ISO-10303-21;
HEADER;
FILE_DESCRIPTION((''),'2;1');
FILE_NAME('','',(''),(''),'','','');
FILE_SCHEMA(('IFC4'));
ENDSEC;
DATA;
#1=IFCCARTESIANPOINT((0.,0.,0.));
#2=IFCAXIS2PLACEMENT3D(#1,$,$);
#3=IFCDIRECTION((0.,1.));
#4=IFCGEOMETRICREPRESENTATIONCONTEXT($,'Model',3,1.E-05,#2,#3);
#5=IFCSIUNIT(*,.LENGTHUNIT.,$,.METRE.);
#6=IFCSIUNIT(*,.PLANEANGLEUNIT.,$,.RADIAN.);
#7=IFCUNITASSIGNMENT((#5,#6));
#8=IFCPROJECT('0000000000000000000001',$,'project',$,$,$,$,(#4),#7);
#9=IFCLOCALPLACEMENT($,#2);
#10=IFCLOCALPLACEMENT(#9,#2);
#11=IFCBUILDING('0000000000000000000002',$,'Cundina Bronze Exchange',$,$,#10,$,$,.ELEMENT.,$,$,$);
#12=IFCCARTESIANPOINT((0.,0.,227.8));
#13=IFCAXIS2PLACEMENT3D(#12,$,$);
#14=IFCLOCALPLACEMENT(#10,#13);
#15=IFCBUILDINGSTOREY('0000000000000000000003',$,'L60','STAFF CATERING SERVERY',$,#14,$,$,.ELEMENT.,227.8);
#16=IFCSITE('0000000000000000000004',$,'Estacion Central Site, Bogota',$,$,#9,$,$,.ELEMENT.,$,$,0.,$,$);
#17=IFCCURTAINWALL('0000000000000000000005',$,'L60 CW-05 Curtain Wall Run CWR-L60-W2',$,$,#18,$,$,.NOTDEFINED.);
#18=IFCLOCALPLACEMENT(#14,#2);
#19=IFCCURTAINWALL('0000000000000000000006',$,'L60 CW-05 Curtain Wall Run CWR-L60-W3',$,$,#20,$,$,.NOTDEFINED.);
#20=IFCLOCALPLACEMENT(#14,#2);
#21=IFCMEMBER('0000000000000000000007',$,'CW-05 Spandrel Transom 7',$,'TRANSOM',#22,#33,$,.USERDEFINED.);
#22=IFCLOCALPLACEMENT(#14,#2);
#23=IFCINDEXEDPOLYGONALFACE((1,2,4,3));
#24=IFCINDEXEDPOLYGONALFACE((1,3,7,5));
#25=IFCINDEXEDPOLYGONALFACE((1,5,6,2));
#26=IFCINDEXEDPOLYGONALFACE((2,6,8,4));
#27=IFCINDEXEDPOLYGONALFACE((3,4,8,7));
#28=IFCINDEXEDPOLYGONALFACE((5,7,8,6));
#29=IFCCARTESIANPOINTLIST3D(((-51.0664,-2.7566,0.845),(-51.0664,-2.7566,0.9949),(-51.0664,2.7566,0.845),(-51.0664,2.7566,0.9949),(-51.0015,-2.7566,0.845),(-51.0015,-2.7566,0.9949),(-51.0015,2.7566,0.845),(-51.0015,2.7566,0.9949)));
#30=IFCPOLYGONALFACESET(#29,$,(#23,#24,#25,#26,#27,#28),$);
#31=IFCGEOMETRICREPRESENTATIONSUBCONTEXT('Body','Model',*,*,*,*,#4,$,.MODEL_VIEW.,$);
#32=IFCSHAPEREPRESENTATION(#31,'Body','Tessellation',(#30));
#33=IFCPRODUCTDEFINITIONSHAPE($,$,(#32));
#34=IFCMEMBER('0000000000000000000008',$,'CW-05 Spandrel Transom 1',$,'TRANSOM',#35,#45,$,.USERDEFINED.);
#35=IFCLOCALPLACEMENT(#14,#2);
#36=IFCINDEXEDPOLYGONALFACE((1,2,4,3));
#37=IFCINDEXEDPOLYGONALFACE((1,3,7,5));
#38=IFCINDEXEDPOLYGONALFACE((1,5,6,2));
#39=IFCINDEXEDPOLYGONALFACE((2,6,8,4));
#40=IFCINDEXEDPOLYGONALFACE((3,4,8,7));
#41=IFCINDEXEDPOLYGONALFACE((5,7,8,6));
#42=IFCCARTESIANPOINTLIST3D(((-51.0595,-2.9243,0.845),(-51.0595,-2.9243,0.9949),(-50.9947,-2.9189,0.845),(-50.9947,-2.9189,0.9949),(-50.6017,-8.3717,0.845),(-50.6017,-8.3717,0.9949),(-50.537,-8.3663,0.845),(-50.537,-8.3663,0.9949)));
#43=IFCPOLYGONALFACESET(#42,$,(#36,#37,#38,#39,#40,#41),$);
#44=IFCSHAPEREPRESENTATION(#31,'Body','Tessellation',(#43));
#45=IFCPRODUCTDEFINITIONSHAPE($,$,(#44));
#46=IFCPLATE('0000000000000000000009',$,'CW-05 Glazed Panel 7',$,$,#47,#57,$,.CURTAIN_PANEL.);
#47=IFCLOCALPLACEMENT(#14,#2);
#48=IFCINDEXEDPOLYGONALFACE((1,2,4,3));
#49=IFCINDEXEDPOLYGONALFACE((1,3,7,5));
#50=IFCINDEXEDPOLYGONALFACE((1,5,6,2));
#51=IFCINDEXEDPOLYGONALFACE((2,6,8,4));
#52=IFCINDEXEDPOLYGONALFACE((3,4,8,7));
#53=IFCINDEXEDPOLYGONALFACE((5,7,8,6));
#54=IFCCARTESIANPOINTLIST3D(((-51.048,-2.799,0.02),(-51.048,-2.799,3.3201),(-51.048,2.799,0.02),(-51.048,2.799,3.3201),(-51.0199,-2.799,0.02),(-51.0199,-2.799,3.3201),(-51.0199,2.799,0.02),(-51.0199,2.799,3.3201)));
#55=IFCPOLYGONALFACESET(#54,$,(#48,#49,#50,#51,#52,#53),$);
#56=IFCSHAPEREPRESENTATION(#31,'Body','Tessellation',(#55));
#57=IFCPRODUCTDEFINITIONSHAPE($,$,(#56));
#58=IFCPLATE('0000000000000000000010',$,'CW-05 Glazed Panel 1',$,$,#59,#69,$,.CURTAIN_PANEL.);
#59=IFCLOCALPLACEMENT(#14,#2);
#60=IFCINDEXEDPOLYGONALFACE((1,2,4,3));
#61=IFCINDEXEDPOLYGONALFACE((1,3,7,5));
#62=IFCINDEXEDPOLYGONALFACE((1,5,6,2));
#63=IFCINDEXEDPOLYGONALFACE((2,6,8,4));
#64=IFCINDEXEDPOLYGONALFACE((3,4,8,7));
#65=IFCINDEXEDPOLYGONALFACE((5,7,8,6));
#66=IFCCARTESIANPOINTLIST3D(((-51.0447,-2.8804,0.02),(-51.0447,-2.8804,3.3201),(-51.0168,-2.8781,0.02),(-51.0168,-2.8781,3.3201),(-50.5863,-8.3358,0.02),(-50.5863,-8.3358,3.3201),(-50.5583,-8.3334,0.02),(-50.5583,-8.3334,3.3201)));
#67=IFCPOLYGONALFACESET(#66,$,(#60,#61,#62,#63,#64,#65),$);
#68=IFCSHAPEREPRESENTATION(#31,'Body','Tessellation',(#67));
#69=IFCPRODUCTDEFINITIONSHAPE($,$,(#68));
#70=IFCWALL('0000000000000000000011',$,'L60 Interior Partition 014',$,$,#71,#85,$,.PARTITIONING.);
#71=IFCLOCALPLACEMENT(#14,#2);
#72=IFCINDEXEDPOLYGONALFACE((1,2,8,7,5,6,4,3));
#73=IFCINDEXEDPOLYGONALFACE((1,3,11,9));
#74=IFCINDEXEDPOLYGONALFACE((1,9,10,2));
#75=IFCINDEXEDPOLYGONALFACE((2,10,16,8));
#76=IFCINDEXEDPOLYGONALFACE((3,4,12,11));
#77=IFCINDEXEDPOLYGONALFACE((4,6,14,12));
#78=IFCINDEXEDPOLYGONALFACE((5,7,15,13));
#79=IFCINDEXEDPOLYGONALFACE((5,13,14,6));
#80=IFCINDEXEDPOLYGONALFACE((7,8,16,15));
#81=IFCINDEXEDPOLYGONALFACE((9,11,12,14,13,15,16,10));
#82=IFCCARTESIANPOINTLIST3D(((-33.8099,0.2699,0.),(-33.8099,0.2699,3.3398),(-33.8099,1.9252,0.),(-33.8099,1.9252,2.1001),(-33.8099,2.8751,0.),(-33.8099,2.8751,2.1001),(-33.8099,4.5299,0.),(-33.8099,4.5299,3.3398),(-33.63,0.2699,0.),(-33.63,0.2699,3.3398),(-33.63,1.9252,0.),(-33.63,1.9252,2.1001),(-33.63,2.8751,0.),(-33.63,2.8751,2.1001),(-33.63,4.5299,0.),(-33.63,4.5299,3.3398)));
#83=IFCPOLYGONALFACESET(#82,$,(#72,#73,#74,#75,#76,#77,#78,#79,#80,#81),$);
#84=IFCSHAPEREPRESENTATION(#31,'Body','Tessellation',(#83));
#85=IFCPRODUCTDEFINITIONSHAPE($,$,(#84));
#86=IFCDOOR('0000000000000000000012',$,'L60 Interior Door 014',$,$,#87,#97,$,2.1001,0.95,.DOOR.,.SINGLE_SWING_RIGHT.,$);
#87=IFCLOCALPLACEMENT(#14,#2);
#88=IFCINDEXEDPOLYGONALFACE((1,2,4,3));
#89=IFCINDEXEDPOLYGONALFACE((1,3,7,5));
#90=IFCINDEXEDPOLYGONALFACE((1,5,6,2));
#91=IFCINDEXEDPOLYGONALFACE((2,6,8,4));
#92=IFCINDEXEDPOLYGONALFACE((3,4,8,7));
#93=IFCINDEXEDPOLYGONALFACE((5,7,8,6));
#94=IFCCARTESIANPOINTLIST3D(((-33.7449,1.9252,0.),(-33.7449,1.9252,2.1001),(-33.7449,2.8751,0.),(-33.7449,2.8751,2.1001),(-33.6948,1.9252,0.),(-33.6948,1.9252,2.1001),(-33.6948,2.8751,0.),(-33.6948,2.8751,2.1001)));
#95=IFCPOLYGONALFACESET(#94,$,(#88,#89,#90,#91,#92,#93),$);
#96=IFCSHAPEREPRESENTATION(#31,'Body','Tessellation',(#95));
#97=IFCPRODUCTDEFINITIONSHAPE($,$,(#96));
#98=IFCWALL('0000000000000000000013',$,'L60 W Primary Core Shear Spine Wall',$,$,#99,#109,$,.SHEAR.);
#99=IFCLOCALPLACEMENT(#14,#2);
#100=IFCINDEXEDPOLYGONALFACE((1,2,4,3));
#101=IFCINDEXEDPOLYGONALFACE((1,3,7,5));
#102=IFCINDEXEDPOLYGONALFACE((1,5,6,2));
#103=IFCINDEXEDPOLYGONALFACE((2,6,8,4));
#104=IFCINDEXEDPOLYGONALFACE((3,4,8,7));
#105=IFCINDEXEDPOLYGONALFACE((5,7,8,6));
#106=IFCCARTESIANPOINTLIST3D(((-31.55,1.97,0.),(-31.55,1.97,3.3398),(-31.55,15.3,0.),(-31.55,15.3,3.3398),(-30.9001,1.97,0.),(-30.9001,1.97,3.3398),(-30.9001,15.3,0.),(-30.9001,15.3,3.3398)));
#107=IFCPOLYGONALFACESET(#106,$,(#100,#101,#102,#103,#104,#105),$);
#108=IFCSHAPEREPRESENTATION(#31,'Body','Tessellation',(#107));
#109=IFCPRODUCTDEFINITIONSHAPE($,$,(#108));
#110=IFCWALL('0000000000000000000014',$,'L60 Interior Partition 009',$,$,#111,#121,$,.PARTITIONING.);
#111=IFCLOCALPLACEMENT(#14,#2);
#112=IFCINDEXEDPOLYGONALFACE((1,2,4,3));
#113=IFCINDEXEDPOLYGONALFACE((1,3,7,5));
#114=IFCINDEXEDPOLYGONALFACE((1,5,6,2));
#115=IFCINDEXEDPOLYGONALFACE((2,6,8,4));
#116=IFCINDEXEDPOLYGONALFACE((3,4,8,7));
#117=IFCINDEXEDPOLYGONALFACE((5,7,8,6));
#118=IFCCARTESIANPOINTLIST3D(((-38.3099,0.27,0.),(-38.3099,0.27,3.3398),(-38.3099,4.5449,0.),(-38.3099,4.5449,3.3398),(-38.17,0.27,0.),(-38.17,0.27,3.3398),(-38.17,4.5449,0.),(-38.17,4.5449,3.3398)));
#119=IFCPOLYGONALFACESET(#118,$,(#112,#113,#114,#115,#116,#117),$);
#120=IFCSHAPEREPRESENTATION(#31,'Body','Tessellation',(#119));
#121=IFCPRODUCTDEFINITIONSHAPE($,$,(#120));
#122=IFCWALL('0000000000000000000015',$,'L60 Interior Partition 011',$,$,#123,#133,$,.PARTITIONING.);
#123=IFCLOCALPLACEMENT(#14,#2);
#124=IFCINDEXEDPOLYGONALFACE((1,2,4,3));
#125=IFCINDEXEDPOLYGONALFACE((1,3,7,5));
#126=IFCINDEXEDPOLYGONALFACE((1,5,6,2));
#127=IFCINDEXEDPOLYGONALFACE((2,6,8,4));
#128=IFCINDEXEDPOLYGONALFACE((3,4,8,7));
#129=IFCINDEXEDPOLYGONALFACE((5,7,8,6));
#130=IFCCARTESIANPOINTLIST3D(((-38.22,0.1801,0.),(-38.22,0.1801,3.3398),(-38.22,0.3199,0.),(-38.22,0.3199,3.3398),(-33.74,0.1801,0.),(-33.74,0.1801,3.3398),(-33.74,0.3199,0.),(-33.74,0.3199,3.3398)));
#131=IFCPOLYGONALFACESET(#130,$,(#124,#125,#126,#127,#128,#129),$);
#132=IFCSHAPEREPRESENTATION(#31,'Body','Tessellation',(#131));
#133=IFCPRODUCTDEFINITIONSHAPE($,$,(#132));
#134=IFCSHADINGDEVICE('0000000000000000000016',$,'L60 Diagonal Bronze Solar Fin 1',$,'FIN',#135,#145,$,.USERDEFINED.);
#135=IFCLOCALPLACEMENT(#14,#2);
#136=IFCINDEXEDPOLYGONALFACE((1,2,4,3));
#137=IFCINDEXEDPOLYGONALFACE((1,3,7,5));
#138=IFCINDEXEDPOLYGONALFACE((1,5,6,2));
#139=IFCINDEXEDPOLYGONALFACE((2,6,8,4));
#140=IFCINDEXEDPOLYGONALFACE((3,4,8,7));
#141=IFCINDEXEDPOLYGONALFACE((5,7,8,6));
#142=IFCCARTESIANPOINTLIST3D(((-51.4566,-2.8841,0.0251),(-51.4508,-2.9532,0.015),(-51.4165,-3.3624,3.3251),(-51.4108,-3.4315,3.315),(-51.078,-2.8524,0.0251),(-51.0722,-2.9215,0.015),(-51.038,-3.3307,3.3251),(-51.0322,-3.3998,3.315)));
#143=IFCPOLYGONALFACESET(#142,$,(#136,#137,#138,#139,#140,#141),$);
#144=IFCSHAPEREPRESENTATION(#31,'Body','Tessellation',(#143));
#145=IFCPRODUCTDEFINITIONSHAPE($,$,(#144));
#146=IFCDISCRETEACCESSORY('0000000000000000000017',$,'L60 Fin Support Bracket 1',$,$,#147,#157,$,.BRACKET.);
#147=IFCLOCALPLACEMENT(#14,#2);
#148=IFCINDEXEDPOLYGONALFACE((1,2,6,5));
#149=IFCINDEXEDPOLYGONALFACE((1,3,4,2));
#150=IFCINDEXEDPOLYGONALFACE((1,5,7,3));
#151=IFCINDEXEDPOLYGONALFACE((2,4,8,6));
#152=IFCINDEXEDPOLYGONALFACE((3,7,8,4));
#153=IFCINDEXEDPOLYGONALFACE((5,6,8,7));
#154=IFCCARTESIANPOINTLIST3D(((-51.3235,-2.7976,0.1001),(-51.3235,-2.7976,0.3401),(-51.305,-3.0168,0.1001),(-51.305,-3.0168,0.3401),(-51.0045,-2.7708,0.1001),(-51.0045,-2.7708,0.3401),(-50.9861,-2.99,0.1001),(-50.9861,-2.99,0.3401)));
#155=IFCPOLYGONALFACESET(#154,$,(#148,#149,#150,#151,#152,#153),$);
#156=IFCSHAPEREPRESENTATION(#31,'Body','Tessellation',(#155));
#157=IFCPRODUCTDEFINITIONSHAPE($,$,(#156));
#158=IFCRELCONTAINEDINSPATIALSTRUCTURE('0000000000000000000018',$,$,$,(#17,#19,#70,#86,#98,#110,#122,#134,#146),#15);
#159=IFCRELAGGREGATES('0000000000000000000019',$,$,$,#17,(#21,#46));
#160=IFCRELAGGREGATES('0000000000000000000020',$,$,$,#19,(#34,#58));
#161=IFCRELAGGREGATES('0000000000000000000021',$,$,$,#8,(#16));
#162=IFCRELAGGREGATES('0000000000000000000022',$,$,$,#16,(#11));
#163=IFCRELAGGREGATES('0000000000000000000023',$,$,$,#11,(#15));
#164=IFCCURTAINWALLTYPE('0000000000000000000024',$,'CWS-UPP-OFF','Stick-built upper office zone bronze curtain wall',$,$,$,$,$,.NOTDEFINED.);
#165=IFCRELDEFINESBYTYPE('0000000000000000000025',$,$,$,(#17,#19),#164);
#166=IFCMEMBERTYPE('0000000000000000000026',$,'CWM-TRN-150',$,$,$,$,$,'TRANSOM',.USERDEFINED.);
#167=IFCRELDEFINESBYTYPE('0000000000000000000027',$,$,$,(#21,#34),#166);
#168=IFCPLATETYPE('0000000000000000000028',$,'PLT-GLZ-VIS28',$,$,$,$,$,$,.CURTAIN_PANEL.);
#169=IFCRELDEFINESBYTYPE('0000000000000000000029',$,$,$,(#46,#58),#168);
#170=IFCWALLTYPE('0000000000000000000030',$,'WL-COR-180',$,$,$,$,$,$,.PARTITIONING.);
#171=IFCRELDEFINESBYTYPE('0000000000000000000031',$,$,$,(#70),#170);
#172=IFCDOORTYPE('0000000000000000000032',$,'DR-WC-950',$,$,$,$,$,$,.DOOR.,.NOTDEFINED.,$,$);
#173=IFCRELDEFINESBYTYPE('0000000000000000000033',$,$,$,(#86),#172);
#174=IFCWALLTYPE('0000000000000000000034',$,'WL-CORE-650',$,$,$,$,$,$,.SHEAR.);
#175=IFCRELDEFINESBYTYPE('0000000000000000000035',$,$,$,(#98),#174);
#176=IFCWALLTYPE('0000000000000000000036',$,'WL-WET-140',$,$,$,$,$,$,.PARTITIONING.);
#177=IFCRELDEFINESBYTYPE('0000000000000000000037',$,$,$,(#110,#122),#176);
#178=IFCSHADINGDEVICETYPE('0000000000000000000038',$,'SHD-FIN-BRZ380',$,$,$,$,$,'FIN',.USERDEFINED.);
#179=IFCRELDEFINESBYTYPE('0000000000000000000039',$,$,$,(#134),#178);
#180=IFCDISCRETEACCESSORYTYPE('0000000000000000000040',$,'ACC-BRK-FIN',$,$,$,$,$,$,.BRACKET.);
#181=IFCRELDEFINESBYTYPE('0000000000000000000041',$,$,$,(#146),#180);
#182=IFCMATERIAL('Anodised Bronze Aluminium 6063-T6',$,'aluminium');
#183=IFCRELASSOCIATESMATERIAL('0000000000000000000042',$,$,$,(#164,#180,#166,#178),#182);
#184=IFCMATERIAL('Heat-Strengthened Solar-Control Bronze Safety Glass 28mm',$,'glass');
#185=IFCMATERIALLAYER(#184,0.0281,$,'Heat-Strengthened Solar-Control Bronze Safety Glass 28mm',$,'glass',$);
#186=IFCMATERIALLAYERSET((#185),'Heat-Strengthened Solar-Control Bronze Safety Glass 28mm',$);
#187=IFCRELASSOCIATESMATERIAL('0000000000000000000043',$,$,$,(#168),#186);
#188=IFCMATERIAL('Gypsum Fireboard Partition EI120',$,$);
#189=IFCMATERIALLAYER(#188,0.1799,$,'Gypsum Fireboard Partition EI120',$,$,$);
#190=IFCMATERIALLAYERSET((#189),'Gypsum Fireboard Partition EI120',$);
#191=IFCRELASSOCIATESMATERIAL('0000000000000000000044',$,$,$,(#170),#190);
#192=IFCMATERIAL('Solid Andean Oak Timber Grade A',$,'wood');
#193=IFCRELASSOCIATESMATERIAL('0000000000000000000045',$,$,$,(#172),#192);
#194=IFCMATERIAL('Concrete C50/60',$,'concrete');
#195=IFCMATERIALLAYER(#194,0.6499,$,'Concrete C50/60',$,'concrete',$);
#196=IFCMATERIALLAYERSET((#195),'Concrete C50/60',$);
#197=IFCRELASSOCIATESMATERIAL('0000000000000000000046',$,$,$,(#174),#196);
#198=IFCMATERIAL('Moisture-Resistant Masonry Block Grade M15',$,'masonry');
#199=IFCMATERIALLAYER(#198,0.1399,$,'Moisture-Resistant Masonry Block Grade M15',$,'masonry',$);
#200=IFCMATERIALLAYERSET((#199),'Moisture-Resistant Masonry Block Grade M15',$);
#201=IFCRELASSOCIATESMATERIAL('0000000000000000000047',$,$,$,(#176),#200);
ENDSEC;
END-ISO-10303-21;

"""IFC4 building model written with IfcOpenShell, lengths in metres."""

from ifc_helpers import new_model, si_unit, direction, frame, frame_2d, origin, origin_2d, place, context, subcontext, project, spatial, rectangle, extrude, material, layer, layer_set, material_profile, profile_set, type_object, element, fill, aggregate, save


model = new_model("IFC4")

# Units and contexts
model_context = context("Model", 3, precision=1e-05, world=origin(), true_north=direction((0.0, 1.0)))
body_context = subcontext(model_context, "Body", "Model", "MODEL_VIEW")
ifc_project = project(units=[si_unit("LENGTHUNIT", "METRE"), si_unit("PLANEANGLEUNIT", "RADIAN")], contexts=[model_context])

# Site, building, storey
site_placement = place(None, origin())
site = spatial("IfcSite", under=ifc_project, at=site_placement, Name="Estacion Central Site, Bogota", CompositionType="ELEMENT", RefElevation=0.0)
building_placement = place(site_placement, origin())
building = spatial("IfcBuilding", under=site, at=building_placement, Name="Cundina Bronze Exchange", CompositionType="ELEMENT")
storey_placement = place(building_placement, frame((0.0, 0.0, 227.8)))
storey = spatial("IfcBuildingStorey", under=building, at=storey_placement, Name="L60", Description="STAFF CATERING SERVERY", CompositionType="ELEMENT", Elevation=227.8)

# Shared definitions
ifc_material_1 = material(Name="Concrete C50/60", Category="concrete")

# Curtain walls
ifc_material_2 = material(Name="Anodised Bronze Aluminium 6063-T6", Category="aluminium")
curtain_wall_type = type_object("IfcCurtainWallType", Name="CWS-UPP-OFF", Description="Stick-built upper office zone bronze curtain wall", PredefinedType="NOTDEFINED", material=ifc_material_2)
curtain_wall_1_placement = place(storey_placement, origin())
curtain_wall_1 = element("IfcCurtainWall", 1, at=curtain_wall_1_placement, inside=storey, type_object=curtain_wall_type, Name="L60 CW-05 Curtain Wall Run CWR-L60-W2", PredefinedType="NOTDEFINED")
curtain_wall_2_placement = place(storey_placement, origin())
curtain_wall_2 = element("IfcCurtainWall", 2, at=curtain_wall_2_placement, inside=storey, type_object=curtain_wall_type, Name="L60 CW-05 Curtain Wall Run CWR-L60-W3", PredefinedType="NOTDEFINED")

# Members
ifc_material_profile_1 = material_profile(ifc_material_2, rectangle(XDim=0.0649, YDim=0.1499, at=origin_2d()), Name="AL65X150", Category="aluminium")
ifc_profile_set_1 = profile_set([ifc_material_profile_1], Name="Anodised Bronze Aluminium 6063-T6")
member_type_1 = type_object("IfcMemberType", Name="CWM-TRN-150", ElementType="TRANSOM", PredefinedType="USERDEFINED", material=ifc_profile_set_1)
member_1_placement = place(storey_placement, frame((-51.0339, 2.7566, 0.9199), z_axis=(0.0, -1.0, 0.0), x_axis=(1.0, 0.0, 0.0)))
member_1 = element("IfcMember", 3, at=member_1_placement, type_object=member_type_1, Name="CW-05 Spandrel Transom 7", ObjectType="TRANSOM", PredefinedType="USERDEFINED", context=body_context, shape_type="SweptSolid", body=[
    extrude(rectangle(XDim=0.0649, YDim=0.1499, at=origin_2d()), origin(), (0.0, 0.0, 1.0), 5.5132),
])
member_2_placement = place(storey_placement, frame((-51.0271, -2.9216, 0.9199), z_axis=(0.08374, -0.996488, 0.0), x_axis=(0.996488, 0.08374, 0.0)))
member_2 = element("IfcMember", 4, at=member_2_placement, type_object=member_type_1, Name="CW-05 Spandrel Transom 1", ObjectType="TRANSOM", PredefinedType="USERDEFINED", context=body_context, shape_type="SweptSolid", body=[
    extrude(rectangle(XDim=0.0649, YDim=0.1499, at=origin_2d()), origin(), (0.0, 0.0, 1.0), 5.4666),
])

# Plates
ifc_material_3 = material(Name="Heat-Strengthened Solar-Control Bronze Safety Glass 28mm", Category="glass")
ifc_layer_1 = layer(ifc_material_3, 0.0281, Name="Heat-Strengthened Solar-Control Bronze Safety Glass 28mm", Category="glass")
ifc_layer_set_1 = layer_set([ifc_layer_1], Name="Heat-Strengthened Solar-Control Bronze Safety Glass 28mm")
plate_type = type_object("IfcPlateType", Name="PLT-GLZ-VIS28", PredefinedType="CURTAIN_PANEL", material=ifc_layer_set_1)
plate_1_placement = place(storey_placement, frame((-51.0339, 0.0, 0.02), z_axis=(0.0, 0.0, 1.0), x_axis=(0.0, -1.0, 0.0)))
plate_1 = element("IfcPlate", 5, at=plate_1_placement, type_object=plate_type, Name="CW-05 Glazed Panel 7", PredefinedType="CURTAIN_PANEL", context=body_context, shape_type="SweptSolid", body=[
    extrude(rectangle(XDim=5.5979, YDim=0.0281, at=origin_2d()), origin(), (0.0, 0.0, 1.0), 3.3),
])
aggregate(curtain_wall_1, [member_1, plate_1])
plate_2_placement = place(storey_placement, frame((-50.8015, -5.6069, 0.02), z_axis=(0.0, 0.0, 1.0), x_axis=(0.083747, -0.996487, 0.0)))
plate_2 = element("IfcPlate", 6, at=plate_2_placement, type_object=plate_type, Name="CW-05 Glazed Panel 1", PredefinedType="CURTAIN_PANEL", context=body_context, shape_type="SweptSolid", body=[
    extrude(rectangle(XDim=5.4746, YDim=0.0281, at=origin_2d()), origin(), (0.0, 0.0, 1.0), 3.3),
])
aggregate(curtain_wall_2, [member_2, plate_2])

# Wall, opening, door
ifc_material_4 = material(Name="Gypsum Fireboard Partition EI120")
ifc_layer_2 = layer(ifc_material_4, 0.1799, Name="Gypsum Fireboard Partition EI120")
ifc_layer_set_2 = layer_set([ifc_layer_2], Name="Gypsum Fireboard Partition EI120")
wall_type_1 = type_object("IfcWallType", Name="WL-COR-180", PredefinedType="PARTITIONING", material=ifc_layer_set_2)
wall_1_placement = place(storey_placement, frame((-33.72, 0.27, 0.0), z_axis=(0.0, 0.0, 1.0), x_axis=(0.0, 1.0, 0.0)))
wall_1 = element("IfcWall", 7, at=wall_1_placement, inside=storey, type_object=wall_type_1, Name="L60 Interior Partition 014", PredefinedType="PARTITIONING", context=body_context, shape_type="SweptSolid", body=[
    extrude(rectangle(XDim=4.26, YDim=0.1799, at=frame_2d((2.1299, 0.0))), origin(), (0.0, 0.0, 1.0), 3.3398),
])
opening_1_placement = place(wall_1_placement, frame((1.655, 0.0, 0.0)))
opening_1 = element("IfcOpeningElement", 8, at=opening_1_placement, cuts=wall_1, PredefinedType="OPENING", context=body_context, shape_type="SweptSolid", body=[
    extrude(rectangle(XDim=0.95, YDim=2.1001, at=frame_2d((0.4751, 1.05))), frame((0.0, 0.0999, 0.0), z_axis=(0.0, -1.0, 0.0), x_axis=(1.0, 0.0, 0.0)), (0.0, 0.0, 1.0), 0.2),
])
ifc_material_5 = material(Name="Solid Andean Oak Timber Grade A", Category="wood")
door_type_1 = type_object("IfcDoorType", Name="DR-WC-950", OperationType="NOTDEFINED", PredefinedType="DOOR", material=ifc_material_5)
door_1_placement = place(opening_1_placement, origin())
door_1 = element("IfcDoor", 9, at=door_1_placement, inside=storey, type_object=door_type_1, Name="L60 Interior Door 014", OperationType="SINGLE_SWING_RIGHT", OverallHeight=2.1001, OverallWidth=0.95, PredefinedType="DOOR", context=body_context, shape_type="SweptSolid", body=[
    extrude(rectangle(XDim=0.95, YDim=2.1001, at=frame_2d((0.4751, 1.05))), frame((0.0, 0.0249, 0.0), z_axis=(0.0, -1.0, 0.0), x_axis=(1.0, 0.0, 0.0)), (0.0, 0.0, 1.0), 0.05),
])
fill(opening_1, door_1)

# Walls
ifc_layer_3 = layer(ifc_material_1, 0.6499, Name="Concrete C50/60", Category="concrete")
ifc_layer_set_3 = layer_set([ifc_layer_3], Name="Concrete C50/60")
wall_type_2 = type_object("IfcWallType", Name="WL-CORE-650", PredefinedType="SHEAR", material=ifc_layer_set_3)
wall_2_placement = place(storey_placement, frame((-31.2251, 1.97, 0.0), z_axis=(0.0, 0.0, 1.0), x_axis=(0.0, 1.0, 0.0)))
element("IfcWall", 10, at=wall_2_placement, inside=storey, type_object=wall_type_2, Name="L60 W Primary Core Shear Spine Wall", PredefinedType="SHEAR", context=body_context, shape_type="SweptSolid", body=[
    extrude(rectangle(XDim=13.3301, YDim=0.6499, at=frame_2d((6.665, 0.0))), origin(), (0.0, 0.0, 1.0), 3.3398),
])
ifc_material_6 = material(Name="Moisture-Resistant Masonry Block Grade M15", Category="masonry")
ifc_layer_4 = layer(ifc_material_6, 0.1399, Name="Moisture-Resistant Masonry Block Grade M15", Category="masonry")
ifc_layer_set_4 = layer_set([ifc_layer_4], Name="Moisture-Resistant Masonry Block Grade M15")
wall_type_3 = type_object("IfcWallType", Name="WL-WET-140", PredefinedType="PARTITIONING", material=ifc_layer_set_4)
wall_3_placement = place(storey_placement, frame((-38.24, 0.27, 0.0), z_axis=(0.0, 0.0, 1.0), x_axis=(0.0, 1.0, 0.0)))
element("IfcWall", 11, at=wall_3_placement, inside=storey, type_object=wall_type_3, Name="L60 Interior Partition 009", PredefinedType="PARTITIONING", context=body_context, shape_type="SweptSolid", body=[
    extrude(rectangle(XDim=4.2749, YDim=0.1399, at=frame_2d((2.1375, 0.0))), origin(), (0.0, 0.0, 1.0), 3.3398),
])
wall_4_placement = place(storey_placement, frame((-38.22, 0.25, 0.0), z_axis=(0.0, 0.0, 1.0), x_axis=(1.0, 0.0, 0.0)))
element("IfcWall", 12, at=wall_4_placement, inside=storey, type_object=wall_type_3, Name="L60 Interior Partition 011", PredefinedType="PARTITIONING", context=body_context, shape_type="SweptSolid", body=[
    extrude(rectangle(XDim=4.48, YDim=0.1399, at=frame_2d((2.24, 0.0))), origin(), (0.0, 0.0, 1.0), 3.3398),
])

# Shading device
ifc_material_profile_2 = material_profile(ifc_material_2, rectangle(XDim=0.0701, YDim=0.3799, at=origin_2d()), Name="FIN70X380", Category="aluminium")
ifc_profile_set_2 = profile_set([ifc_material_profile_2], Name="Anodised Bronze Aluminium 6063-T6")
shading_device_type = type_object("IfcShadingDeviceType", Name="SHD-FIN-BRZ380", ElementType="FIN", PredefinedType="USERDEFINED", material=ifc_profile_set_2)
shading_device_placement = place(storey_placement, frame((-51.2644, -2.9028, 0.02), z_axis=(0.012007, -0.14342, 0.989589), x_axis=(-0.082556, 0.98614, 0.143921)))
element("IfcShadingDevice", 13, at=shading_device_placement, inside=storey, type_object=shading_device_type, Name="L60 Diagonal Bronze Solar Fin 1", ObjectType="FIN", PredefinedType="USERDEFINED", context=body_context, shape_type="SweptSolid", body=[
    extrude(rectangle(XDim=0.0701, YDim=0.3799, at=origin_2d()), origin(), (0.0, 0.0, 1.0), 3.3347),
])

# Discrete accessory
discrete_accessory_type = type_object("IfcDiscreteAccessoryType", Name="ACC-BRK-FIN", PredefinedType="BRACKET", material=ifc_material_2)
discrete_accessory_placement = place(storey_placement, frame((-51.1548, -2.8938, 0.1001), z_axis=(0.0, 0.0, 1.0), x_axis=(0.083747, -0.996487, 0.0)))
element("IfcDiscreteAccessory", 14, at=discrete_accessory_placement, inside=storey, type_object=discrete_accessory_type, Name="L60 Fin Support Bracket 1", PredefinedType="BRACKET", context=body_context, shape_type="SweptSolid", body=[
    extrude(rectangle(XDim=0.22, YDim=0.3201, at=origin_2d()), origin(), (0.0, 0.0, 1.0), 0.24),
])

save(model, "model.ifc")
